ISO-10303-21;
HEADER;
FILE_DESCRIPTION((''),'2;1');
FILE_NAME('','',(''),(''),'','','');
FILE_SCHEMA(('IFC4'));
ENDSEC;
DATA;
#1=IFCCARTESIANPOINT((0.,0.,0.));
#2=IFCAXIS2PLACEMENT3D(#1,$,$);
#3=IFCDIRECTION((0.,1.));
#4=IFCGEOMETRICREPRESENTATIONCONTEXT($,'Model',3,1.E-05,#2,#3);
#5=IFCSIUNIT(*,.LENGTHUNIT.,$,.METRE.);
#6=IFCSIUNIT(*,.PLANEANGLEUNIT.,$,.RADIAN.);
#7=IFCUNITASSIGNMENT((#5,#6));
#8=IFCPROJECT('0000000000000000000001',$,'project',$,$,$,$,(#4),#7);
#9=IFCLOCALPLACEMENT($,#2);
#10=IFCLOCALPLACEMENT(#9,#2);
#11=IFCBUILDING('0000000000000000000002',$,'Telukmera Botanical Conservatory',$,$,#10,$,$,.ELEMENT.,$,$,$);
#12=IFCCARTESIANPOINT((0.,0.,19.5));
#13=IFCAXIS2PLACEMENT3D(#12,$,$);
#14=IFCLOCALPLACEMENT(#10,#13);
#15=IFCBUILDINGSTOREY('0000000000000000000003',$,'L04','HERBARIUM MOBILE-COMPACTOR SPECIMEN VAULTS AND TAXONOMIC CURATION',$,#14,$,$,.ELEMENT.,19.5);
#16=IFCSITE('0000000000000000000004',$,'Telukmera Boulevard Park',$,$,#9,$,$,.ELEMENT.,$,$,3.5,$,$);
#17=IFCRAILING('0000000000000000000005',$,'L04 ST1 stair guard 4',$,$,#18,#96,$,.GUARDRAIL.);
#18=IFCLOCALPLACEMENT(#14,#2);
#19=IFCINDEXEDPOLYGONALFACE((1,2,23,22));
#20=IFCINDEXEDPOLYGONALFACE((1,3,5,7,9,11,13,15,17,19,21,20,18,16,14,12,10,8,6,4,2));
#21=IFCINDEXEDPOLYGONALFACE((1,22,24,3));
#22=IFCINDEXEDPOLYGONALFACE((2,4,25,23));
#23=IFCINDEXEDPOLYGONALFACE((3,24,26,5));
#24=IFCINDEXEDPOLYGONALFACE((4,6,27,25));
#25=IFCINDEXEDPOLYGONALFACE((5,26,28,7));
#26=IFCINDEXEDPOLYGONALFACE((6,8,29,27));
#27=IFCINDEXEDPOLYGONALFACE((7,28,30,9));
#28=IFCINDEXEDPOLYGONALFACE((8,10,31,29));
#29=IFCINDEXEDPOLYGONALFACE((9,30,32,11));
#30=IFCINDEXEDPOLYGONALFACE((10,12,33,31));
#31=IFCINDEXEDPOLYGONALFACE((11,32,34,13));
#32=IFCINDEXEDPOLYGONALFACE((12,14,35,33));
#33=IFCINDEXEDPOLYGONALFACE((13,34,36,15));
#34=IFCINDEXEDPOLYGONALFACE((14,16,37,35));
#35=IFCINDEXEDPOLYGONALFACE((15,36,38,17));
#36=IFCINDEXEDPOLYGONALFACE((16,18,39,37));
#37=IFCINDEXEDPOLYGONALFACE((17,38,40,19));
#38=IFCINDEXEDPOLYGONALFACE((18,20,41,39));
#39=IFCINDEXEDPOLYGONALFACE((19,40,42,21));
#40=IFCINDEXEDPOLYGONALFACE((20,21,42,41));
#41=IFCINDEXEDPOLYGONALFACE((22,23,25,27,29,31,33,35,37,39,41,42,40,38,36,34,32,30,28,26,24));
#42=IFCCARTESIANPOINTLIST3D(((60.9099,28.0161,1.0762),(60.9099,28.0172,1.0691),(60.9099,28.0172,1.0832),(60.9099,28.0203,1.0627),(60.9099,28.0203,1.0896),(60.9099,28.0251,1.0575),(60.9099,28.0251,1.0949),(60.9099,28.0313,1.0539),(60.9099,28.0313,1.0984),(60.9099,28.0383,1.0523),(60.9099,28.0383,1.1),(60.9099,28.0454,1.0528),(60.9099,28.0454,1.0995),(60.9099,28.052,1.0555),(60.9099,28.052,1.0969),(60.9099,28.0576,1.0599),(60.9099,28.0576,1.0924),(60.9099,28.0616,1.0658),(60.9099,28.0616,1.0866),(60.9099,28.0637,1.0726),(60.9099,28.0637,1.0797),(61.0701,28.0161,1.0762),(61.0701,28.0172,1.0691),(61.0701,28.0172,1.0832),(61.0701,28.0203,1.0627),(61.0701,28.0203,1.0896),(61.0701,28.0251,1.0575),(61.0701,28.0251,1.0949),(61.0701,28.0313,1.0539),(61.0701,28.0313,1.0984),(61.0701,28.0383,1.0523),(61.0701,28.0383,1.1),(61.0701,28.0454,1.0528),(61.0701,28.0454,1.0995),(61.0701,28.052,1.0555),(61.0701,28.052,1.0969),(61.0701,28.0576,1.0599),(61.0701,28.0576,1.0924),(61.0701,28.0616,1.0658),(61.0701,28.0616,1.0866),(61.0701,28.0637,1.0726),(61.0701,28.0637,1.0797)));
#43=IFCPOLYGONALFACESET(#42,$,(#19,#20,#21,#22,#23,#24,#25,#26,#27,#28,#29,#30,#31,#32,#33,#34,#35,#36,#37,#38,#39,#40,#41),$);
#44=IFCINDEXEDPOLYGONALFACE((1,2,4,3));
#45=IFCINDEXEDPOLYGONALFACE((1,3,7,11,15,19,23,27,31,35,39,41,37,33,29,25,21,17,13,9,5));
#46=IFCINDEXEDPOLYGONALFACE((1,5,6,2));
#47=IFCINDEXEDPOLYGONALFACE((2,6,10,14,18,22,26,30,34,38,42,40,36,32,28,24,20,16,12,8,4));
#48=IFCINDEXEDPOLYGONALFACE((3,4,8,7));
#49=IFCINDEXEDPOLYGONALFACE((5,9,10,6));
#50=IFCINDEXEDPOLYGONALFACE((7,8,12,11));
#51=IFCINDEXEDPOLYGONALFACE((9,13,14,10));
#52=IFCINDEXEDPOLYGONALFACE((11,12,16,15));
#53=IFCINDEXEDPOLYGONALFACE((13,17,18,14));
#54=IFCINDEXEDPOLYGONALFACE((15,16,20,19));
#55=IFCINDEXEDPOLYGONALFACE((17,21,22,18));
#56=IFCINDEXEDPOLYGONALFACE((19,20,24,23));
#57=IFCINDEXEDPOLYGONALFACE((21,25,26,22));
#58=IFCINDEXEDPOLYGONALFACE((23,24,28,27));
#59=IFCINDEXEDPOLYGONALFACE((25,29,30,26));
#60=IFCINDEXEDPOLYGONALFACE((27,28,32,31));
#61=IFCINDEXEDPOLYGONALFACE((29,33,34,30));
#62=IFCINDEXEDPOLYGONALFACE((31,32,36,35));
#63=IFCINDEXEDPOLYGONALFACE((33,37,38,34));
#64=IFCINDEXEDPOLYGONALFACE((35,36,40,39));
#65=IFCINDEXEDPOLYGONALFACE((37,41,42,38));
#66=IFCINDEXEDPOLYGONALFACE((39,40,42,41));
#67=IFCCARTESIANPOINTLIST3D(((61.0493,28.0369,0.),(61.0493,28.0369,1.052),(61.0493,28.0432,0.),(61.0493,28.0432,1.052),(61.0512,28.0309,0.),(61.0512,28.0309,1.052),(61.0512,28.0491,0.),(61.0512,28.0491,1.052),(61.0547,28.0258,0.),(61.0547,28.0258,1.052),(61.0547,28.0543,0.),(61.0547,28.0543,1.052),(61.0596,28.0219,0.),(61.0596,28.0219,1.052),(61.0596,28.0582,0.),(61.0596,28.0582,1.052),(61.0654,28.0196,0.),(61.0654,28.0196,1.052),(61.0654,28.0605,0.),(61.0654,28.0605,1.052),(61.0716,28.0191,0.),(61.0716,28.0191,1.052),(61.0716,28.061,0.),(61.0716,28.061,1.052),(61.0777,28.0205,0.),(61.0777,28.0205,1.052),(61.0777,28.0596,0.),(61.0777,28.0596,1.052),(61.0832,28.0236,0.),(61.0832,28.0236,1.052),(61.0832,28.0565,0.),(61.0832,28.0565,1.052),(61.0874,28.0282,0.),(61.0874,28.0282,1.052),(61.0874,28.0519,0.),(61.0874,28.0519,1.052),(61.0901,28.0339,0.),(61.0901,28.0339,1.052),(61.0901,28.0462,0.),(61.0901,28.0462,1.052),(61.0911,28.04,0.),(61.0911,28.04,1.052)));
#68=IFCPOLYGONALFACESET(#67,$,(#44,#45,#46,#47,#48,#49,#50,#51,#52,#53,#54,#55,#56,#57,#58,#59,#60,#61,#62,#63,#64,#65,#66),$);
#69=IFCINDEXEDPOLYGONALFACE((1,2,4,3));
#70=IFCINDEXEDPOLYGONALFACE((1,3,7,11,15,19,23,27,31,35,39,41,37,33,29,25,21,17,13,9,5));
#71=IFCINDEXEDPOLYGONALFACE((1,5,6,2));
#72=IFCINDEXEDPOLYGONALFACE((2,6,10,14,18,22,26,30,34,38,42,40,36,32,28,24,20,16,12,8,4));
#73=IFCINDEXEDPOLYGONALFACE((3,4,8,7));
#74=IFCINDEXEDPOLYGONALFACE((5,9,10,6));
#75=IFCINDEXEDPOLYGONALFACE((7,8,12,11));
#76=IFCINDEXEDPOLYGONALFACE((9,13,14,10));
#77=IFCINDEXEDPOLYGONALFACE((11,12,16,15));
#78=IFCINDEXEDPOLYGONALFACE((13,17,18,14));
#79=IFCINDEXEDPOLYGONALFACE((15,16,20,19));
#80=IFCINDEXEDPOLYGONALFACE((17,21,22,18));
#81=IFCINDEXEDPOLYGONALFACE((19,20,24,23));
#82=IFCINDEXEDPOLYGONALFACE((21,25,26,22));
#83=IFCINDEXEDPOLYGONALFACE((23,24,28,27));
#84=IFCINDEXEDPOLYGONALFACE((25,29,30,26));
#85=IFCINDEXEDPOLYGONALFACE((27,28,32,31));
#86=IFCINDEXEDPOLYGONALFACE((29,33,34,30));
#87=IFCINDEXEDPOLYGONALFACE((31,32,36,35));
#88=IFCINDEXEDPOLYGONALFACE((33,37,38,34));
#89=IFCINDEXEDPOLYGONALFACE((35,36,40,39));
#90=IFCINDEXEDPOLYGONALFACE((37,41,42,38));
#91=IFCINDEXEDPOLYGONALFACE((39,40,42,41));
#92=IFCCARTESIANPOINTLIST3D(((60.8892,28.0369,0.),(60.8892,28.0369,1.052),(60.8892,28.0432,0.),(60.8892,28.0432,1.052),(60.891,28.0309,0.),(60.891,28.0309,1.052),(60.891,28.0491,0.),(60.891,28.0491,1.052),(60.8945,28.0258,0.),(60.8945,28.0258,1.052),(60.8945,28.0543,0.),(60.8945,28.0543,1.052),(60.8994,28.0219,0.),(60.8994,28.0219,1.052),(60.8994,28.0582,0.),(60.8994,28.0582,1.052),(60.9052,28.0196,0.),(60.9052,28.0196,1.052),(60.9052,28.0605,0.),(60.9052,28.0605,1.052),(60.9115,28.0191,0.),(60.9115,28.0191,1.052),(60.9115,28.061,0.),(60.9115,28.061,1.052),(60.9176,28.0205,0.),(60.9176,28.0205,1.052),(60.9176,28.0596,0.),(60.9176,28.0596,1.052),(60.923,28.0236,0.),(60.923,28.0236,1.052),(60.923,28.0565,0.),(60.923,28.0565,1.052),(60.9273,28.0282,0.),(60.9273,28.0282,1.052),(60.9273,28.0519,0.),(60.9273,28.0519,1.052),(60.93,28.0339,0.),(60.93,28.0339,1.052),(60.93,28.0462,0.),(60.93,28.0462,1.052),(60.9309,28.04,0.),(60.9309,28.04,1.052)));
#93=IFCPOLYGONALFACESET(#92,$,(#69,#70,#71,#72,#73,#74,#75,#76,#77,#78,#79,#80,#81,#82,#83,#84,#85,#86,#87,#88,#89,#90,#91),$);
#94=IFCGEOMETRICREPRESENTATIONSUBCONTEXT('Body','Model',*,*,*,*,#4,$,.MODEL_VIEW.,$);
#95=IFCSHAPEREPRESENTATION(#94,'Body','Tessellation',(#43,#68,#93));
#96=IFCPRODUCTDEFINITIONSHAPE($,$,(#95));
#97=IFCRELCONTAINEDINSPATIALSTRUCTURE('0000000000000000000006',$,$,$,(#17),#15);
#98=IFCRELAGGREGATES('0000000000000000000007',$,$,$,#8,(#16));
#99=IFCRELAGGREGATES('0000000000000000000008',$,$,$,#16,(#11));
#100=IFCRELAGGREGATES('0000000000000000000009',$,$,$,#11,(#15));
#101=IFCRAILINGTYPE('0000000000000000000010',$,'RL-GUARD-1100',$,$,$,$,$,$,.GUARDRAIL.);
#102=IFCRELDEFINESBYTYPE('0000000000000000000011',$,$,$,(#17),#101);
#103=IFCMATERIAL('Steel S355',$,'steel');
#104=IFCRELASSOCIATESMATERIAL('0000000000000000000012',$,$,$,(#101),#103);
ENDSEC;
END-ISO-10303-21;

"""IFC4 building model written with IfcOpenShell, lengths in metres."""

from ifc_helpers import new_model, si_unit, direction, frame, origin, origin_2d, place, context, subcontext, project, spatial, circle, extrude, material, type_object, element, save


model = new_model("IFC4")

# Units and contexts
model_context = context("Model", 3, precision=1e-05, world=origin(), true_north=direction((0.0, 1.0)))
body_context = subcontext(model_context, "Body", "Model", "MODEL_VIEW")
ifc_project = project(units=[si_unit("LENGTHUNIT", "METRE"), si_unit("PLANEANGLEUNIT", "RADIAN")], contexts=[model_context])

# Site, building, storey
site_placement = place(None, origin())
site = spatial("IfcSite", under=ifc_project, at=site_placement, Name="Telukmera Boulevard Park", CompositionType="ELEMENT", RefElevation=3.5)
building_placement = place(site_placement, origin())
building = spatial("IfcBuilding", under=site, at=building_placement, Name="Telukmera Botanical Conservatory", CompositionType="ELEMENT")
storey_placement = place(building_placement, frame((0.0, 0.0, 19.5)))
storey = spatial("IfcBuildingStorey", under=building, at=storey_placement, Name="L04", Description="HERBARIUM MOBILE-COMPACTOR SPECIMEN VAULTS AND TAXONOMIC CURATION", CompositionType="ELEMENT", Elevation=19.5)

# Railing
ifc_material_1 = material(Name="Steel S355", Category="steel")
railing_type_1 = type_object("IfcRailingType", Name="RL-GUARD-1100", PredefinedType="GUARDRAIL", material=ifc_material_1)
railing_1_placement = place(storey_placement, frame((61.0701, 28.04, 0.0)))
element("IfcRailing", 1, at=railing_1_placement, inside=storey, type_object=railing_type_1, Name="L04 ST1 stair guard 4", PredefinedType="GUARDRAIL", context=body_context, shape_type="SweptSolid", body=[
    extrude(circle(Radius=0.0239, at=origin_2d()), frame((0.0, 0.0, 1.0762), z_axis=(-1.0, 0.0, 0.0), x_axis=(0.0, -1.0, 0.0)), (0.0, 0.0, 1.0), 0.1602),
    extrude(circle(Radius=0.021, at=origin_2d()), origin(), (0.0, 0.0, 1.0), 1.052),
    extrude(circle(Radius=0.021, at=origin_2d()), frame((-0.1602, 0.0, 0.0)), (0.0, 0.0, 1.0), 1.052),
])

save(model, "model.ifc")
